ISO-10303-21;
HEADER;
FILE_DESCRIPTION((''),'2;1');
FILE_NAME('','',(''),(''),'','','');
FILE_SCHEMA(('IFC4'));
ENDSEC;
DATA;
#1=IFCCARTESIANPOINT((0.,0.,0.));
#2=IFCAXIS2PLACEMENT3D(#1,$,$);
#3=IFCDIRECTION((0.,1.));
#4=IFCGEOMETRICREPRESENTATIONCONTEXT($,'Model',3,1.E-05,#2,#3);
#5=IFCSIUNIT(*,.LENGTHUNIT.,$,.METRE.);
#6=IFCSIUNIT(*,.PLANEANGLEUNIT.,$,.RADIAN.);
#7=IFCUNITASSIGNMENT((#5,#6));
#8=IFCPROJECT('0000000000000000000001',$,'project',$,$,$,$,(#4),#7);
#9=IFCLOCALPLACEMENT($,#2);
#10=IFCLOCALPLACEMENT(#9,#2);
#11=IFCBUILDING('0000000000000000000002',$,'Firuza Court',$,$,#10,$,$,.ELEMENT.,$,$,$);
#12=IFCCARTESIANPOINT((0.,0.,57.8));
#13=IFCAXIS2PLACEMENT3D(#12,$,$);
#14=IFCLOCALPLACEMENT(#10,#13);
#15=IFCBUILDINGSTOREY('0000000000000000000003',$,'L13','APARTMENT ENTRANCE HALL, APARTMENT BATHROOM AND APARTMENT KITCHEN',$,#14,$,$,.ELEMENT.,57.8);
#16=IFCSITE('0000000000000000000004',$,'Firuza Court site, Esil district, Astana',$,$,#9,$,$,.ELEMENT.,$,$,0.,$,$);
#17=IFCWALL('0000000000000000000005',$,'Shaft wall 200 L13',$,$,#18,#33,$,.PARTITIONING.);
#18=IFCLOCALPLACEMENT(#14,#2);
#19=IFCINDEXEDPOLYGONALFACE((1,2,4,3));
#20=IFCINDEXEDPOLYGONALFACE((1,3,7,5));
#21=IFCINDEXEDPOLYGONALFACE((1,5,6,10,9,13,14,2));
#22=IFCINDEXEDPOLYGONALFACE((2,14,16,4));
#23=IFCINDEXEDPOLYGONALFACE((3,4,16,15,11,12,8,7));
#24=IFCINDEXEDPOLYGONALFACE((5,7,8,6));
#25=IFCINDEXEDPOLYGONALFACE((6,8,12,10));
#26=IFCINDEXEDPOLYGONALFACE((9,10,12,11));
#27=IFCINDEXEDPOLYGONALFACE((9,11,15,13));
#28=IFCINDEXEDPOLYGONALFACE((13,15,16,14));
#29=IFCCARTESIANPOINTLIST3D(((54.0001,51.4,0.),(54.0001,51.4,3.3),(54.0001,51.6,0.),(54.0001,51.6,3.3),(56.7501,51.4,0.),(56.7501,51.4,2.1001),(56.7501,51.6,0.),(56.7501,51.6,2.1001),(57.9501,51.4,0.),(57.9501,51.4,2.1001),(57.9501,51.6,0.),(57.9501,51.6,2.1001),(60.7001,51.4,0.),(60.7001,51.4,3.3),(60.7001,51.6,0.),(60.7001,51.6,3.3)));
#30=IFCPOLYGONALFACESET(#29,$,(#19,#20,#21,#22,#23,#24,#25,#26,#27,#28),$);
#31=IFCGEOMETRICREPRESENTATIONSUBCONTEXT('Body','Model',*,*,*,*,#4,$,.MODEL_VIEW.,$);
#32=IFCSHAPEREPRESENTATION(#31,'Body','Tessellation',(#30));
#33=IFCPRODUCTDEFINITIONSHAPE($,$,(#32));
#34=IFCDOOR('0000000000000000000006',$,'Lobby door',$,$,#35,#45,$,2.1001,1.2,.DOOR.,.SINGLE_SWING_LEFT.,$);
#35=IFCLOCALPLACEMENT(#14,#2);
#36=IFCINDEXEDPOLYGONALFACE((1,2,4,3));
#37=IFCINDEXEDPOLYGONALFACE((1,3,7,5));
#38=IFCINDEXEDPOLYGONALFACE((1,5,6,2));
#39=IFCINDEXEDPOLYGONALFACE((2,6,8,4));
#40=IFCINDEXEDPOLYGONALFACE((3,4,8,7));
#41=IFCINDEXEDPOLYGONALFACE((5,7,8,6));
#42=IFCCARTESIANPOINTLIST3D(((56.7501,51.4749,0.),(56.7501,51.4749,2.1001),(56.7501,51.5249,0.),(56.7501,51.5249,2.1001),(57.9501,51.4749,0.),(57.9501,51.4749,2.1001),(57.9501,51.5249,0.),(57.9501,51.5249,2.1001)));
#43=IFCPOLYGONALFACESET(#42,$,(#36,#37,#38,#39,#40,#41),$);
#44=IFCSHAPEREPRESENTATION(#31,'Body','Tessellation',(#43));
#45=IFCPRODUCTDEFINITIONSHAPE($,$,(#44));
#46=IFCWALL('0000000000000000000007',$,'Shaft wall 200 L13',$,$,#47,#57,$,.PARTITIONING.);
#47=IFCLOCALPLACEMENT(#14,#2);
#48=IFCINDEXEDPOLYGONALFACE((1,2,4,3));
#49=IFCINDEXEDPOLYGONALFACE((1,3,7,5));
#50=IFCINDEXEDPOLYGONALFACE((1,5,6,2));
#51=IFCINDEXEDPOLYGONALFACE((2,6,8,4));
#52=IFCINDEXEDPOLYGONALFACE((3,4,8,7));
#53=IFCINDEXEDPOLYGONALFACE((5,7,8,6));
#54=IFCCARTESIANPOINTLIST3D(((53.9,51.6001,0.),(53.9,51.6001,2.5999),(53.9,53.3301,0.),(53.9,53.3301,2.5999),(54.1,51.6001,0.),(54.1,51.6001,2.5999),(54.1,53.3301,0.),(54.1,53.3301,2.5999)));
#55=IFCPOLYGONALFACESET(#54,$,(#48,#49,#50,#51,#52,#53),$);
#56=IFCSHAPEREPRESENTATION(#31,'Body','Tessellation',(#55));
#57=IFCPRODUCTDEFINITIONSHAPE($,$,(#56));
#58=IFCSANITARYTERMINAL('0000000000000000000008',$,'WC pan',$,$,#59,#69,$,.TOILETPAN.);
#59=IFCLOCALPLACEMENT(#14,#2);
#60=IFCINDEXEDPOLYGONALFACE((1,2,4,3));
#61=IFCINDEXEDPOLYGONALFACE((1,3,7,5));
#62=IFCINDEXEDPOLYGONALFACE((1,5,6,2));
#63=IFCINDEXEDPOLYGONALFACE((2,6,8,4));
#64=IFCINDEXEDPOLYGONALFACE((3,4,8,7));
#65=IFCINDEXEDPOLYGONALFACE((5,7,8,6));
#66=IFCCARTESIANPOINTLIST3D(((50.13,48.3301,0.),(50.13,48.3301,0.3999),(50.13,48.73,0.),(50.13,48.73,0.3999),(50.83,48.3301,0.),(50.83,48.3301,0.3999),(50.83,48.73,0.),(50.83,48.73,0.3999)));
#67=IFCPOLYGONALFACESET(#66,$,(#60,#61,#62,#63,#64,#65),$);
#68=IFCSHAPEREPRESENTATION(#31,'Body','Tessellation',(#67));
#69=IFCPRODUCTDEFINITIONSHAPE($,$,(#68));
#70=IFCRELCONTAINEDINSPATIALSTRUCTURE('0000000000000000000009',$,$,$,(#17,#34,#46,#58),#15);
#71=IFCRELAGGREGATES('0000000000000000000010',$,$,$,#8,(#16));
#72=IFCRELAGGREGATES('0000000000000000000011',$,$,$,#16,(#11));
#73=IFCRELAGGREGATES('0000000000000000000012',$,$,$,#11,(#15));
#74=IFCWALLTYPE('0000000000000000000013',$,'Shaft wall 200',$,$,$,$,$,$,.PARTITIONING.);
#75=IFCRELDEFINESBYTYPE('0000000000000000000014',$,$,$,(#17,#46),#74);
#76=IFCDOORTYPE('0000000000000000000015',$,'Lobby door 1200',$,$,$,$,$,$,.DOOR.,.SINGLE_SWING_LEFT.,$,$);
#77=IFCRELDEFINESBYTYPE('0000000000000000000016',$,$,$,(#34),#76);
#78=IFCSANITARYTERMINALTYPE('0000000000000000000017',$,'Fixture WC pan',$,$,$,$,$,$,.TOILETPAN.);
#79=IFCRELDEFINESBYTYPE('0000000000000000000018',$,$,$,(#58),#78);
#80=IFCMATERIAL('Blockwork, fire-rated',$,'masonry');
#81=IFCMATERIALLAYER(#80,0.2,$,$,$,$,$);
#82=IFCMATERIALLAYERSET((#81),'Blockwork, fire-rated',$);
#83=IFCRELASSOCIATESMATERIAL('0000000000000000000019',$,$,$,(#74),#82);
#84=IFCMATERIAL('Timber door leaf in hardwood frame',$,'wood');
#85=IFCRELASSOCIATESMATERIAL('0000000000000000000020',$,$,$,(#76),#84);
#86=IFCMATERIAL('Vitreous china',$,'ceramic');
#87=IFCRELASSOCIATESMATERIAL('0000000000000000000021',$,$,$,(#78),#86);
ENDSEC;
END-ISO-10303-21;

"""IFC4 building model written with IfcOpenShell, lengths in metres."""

from ifc_helpers import new_model, si_unit, direction, frame, frame_2d, origin, origin_2d, place, context, subcontext, project, spatial, rectangle, extrude, material, layer, layer_set, type_object, element, fill, save


model = new_model("IFC4")

# Units and contexts
model_context = context("Model", 3, precision=1e-05, world=origin(), true_north=direction((0.0, 1.0)))
body_context = subcontext(model_context, "Body", "Model", "MODEL_VIEW")
ifc_project = project(units=[si_unit("LENGTHUNIT", "METRE"), si_unit("PLANEANGLEUNIT", "RADIAN")], contexts=[model_context])

# Site, building, storey
site_placement = place(None, origin())
site = spatial("IfcSite", under=ifc_project, at=site_placement, Name="Firuza Court site, Esil district, Astana", CompositionType="ELEMENT", RefElevation=0.0)
building_placement = place(site_placement, origin())
building = spatial("IfcBuilding", under=site, at=building_placement, Name="Firuza Court", CompositionType="ELEMENT")
storey_placement = place(building_placement, frame((0.0, 0.0, 57.8)))
storey = spatial("IfcBuildingStorey", under=building, at=storey_placement, Name="L13", Description="APARTMENT ENTRANCE HALL, APARTMENT BATHROOM AND APARTMENT KITCHEN", CompositionType="ELEMENT", Elevation=57.8)

# Shared definitions
ifc_material_1 = material(Name="Blockwork, fire-rated", Category="masonry")
ifc_layer_1 = layer(ifc_material_1, 0.2)
ifc_layer_set_1 = layer_set([ifc_layer_1], Name="Blockwork, fire-rated")
wall_type_1 = type_object("IfcWallType", Name="Shaft wall 200", PredefinedType="PARTITIONING", material=ifc_layer_set_1)
ifc_material_2 = material(Name="Timber door leaf in hardwood frame", Category="wood")
door_type_1 = type_object("IfcDoorType", Name="Lobby door 1200", OperationType="SINGLE_SWING_LEFT", PredefinedType="DOOR", material=ifc_material_2)

# Wall, opening, door
wall_1_placement = place(storey_placement, frame((54.0, 51.5, 0.0), z_axis=(0.0, 0.0, 1.0), x_axis=(1.0, 0.0, 0.0)))
wall_1 = element("IfcWall", 1, at=wall_1_placement, inside=storey, type_object=wall_type_1, Name="Shaft wall 200 L13", PredefinedType="PARTITIONING", context=body_context, shape_type="SweptSolid", body=[
    extrude(rectangle(XDim=6.7, YDim=0.2, at=frame_2d((3.3501, 0.0))), origin(), (0.0, 0.0, 1.0), 3.3),
])
opening_1_placement = place(wall_1_placement, frame((2.75, 0.0, 0.0)))
opening_1 = element("IfcOpeningElement", 2, at=opening_1_placement, cuts=wall_1, PredefinedType="OPENING", context=body_context, shape_type="SweptSolid", body=[
    extrude(rectangle(XDim=1.2, YDim=2.1001, at=frame_2d((0.6001, 1.05))), frame((0.0, 0.1118, 0.0), z_axis=(0.0, -1.0, 0.0), x_axis=(1.0, 0.0, 0.0)), (0.0, 0.0, 1.0), 0.2239),
])
door_1_placement = place(opening_1_placement, origin())
door_1 = element("IfcDoor", 3, at=door_1_placement, inside=storey, type_object=door_type_1, Name="Lobby door", OperationType="SINGLE_SWING_LEFT", OverallHeight=2.1001, OverallWidth=1.2, PredefinedType="DOOR", context=body_context, shape_type="SweptSolid", body=[
    extrude(rectangle(XDim=1.2, YDim=2.1001, at=frame_2d((0.6001, 1.05))), frame((0.0, 0.0249, 0.0), z_axis=(0.0, -1.0, 0.0), x_axis=(1.0, 0.0, 0.0)), (0.0, 0.0, 1.0), 0.05),
])
fill(opening_1, door_1)

# Wall
wall_2_placement = place(storey_placement, frame((54.0, 51.6001, 0.0), z_axis=(0.0, 0.0, 1.0), x_axis=(0.0, 1.0, 0.0)))
element("IfcWall", 4, at=wall_2_placement, inside=storey, type_object=wall_type_1, Name="Shaft wall 200 L13", PredefinedType="PARTITIONING", context=body_context, shape_type="SweptSolid", body=[
    extrude(rectangle(XDim=1.73, YDim=0.2, at=frame_2d((0.865, 0.0))), origin(), (0.0, 0.0, 1.0), 2.5999),
])

# Sanitary terminal
ifc_material_3 = material(Name="Vitreous china", Category="ceramic")
sanitary_terminal_type = type_object("IfcSanitaryTerminalType", Name="Fixture WC pan", PredefinedType="TOILETPAN", material=ifc_material_3)
sanitary_terminal_placement = place(storey_placement, frame((50.48, 48.53, 0.0), z_axis=(0.0, 0.0, 1.0), x_axis=(1.0, 0.0, 0.0)))
element("IfcSanitaryTerminal", 5, at=sanitary_terminal_placement, inside=storey, type_object=sanitary_terminal_type, Name="WC pan", PredefinedType="TOILETPAN", context=body_context, shape_type="SweptSolid", body=[
    extrude(rectangle(XDim=0.7, YDim=0.3999, at=origin_2d()), origin(), (0.0, 0.0, 1.0), 0.3999),
])

save(model, "model.ifc")
